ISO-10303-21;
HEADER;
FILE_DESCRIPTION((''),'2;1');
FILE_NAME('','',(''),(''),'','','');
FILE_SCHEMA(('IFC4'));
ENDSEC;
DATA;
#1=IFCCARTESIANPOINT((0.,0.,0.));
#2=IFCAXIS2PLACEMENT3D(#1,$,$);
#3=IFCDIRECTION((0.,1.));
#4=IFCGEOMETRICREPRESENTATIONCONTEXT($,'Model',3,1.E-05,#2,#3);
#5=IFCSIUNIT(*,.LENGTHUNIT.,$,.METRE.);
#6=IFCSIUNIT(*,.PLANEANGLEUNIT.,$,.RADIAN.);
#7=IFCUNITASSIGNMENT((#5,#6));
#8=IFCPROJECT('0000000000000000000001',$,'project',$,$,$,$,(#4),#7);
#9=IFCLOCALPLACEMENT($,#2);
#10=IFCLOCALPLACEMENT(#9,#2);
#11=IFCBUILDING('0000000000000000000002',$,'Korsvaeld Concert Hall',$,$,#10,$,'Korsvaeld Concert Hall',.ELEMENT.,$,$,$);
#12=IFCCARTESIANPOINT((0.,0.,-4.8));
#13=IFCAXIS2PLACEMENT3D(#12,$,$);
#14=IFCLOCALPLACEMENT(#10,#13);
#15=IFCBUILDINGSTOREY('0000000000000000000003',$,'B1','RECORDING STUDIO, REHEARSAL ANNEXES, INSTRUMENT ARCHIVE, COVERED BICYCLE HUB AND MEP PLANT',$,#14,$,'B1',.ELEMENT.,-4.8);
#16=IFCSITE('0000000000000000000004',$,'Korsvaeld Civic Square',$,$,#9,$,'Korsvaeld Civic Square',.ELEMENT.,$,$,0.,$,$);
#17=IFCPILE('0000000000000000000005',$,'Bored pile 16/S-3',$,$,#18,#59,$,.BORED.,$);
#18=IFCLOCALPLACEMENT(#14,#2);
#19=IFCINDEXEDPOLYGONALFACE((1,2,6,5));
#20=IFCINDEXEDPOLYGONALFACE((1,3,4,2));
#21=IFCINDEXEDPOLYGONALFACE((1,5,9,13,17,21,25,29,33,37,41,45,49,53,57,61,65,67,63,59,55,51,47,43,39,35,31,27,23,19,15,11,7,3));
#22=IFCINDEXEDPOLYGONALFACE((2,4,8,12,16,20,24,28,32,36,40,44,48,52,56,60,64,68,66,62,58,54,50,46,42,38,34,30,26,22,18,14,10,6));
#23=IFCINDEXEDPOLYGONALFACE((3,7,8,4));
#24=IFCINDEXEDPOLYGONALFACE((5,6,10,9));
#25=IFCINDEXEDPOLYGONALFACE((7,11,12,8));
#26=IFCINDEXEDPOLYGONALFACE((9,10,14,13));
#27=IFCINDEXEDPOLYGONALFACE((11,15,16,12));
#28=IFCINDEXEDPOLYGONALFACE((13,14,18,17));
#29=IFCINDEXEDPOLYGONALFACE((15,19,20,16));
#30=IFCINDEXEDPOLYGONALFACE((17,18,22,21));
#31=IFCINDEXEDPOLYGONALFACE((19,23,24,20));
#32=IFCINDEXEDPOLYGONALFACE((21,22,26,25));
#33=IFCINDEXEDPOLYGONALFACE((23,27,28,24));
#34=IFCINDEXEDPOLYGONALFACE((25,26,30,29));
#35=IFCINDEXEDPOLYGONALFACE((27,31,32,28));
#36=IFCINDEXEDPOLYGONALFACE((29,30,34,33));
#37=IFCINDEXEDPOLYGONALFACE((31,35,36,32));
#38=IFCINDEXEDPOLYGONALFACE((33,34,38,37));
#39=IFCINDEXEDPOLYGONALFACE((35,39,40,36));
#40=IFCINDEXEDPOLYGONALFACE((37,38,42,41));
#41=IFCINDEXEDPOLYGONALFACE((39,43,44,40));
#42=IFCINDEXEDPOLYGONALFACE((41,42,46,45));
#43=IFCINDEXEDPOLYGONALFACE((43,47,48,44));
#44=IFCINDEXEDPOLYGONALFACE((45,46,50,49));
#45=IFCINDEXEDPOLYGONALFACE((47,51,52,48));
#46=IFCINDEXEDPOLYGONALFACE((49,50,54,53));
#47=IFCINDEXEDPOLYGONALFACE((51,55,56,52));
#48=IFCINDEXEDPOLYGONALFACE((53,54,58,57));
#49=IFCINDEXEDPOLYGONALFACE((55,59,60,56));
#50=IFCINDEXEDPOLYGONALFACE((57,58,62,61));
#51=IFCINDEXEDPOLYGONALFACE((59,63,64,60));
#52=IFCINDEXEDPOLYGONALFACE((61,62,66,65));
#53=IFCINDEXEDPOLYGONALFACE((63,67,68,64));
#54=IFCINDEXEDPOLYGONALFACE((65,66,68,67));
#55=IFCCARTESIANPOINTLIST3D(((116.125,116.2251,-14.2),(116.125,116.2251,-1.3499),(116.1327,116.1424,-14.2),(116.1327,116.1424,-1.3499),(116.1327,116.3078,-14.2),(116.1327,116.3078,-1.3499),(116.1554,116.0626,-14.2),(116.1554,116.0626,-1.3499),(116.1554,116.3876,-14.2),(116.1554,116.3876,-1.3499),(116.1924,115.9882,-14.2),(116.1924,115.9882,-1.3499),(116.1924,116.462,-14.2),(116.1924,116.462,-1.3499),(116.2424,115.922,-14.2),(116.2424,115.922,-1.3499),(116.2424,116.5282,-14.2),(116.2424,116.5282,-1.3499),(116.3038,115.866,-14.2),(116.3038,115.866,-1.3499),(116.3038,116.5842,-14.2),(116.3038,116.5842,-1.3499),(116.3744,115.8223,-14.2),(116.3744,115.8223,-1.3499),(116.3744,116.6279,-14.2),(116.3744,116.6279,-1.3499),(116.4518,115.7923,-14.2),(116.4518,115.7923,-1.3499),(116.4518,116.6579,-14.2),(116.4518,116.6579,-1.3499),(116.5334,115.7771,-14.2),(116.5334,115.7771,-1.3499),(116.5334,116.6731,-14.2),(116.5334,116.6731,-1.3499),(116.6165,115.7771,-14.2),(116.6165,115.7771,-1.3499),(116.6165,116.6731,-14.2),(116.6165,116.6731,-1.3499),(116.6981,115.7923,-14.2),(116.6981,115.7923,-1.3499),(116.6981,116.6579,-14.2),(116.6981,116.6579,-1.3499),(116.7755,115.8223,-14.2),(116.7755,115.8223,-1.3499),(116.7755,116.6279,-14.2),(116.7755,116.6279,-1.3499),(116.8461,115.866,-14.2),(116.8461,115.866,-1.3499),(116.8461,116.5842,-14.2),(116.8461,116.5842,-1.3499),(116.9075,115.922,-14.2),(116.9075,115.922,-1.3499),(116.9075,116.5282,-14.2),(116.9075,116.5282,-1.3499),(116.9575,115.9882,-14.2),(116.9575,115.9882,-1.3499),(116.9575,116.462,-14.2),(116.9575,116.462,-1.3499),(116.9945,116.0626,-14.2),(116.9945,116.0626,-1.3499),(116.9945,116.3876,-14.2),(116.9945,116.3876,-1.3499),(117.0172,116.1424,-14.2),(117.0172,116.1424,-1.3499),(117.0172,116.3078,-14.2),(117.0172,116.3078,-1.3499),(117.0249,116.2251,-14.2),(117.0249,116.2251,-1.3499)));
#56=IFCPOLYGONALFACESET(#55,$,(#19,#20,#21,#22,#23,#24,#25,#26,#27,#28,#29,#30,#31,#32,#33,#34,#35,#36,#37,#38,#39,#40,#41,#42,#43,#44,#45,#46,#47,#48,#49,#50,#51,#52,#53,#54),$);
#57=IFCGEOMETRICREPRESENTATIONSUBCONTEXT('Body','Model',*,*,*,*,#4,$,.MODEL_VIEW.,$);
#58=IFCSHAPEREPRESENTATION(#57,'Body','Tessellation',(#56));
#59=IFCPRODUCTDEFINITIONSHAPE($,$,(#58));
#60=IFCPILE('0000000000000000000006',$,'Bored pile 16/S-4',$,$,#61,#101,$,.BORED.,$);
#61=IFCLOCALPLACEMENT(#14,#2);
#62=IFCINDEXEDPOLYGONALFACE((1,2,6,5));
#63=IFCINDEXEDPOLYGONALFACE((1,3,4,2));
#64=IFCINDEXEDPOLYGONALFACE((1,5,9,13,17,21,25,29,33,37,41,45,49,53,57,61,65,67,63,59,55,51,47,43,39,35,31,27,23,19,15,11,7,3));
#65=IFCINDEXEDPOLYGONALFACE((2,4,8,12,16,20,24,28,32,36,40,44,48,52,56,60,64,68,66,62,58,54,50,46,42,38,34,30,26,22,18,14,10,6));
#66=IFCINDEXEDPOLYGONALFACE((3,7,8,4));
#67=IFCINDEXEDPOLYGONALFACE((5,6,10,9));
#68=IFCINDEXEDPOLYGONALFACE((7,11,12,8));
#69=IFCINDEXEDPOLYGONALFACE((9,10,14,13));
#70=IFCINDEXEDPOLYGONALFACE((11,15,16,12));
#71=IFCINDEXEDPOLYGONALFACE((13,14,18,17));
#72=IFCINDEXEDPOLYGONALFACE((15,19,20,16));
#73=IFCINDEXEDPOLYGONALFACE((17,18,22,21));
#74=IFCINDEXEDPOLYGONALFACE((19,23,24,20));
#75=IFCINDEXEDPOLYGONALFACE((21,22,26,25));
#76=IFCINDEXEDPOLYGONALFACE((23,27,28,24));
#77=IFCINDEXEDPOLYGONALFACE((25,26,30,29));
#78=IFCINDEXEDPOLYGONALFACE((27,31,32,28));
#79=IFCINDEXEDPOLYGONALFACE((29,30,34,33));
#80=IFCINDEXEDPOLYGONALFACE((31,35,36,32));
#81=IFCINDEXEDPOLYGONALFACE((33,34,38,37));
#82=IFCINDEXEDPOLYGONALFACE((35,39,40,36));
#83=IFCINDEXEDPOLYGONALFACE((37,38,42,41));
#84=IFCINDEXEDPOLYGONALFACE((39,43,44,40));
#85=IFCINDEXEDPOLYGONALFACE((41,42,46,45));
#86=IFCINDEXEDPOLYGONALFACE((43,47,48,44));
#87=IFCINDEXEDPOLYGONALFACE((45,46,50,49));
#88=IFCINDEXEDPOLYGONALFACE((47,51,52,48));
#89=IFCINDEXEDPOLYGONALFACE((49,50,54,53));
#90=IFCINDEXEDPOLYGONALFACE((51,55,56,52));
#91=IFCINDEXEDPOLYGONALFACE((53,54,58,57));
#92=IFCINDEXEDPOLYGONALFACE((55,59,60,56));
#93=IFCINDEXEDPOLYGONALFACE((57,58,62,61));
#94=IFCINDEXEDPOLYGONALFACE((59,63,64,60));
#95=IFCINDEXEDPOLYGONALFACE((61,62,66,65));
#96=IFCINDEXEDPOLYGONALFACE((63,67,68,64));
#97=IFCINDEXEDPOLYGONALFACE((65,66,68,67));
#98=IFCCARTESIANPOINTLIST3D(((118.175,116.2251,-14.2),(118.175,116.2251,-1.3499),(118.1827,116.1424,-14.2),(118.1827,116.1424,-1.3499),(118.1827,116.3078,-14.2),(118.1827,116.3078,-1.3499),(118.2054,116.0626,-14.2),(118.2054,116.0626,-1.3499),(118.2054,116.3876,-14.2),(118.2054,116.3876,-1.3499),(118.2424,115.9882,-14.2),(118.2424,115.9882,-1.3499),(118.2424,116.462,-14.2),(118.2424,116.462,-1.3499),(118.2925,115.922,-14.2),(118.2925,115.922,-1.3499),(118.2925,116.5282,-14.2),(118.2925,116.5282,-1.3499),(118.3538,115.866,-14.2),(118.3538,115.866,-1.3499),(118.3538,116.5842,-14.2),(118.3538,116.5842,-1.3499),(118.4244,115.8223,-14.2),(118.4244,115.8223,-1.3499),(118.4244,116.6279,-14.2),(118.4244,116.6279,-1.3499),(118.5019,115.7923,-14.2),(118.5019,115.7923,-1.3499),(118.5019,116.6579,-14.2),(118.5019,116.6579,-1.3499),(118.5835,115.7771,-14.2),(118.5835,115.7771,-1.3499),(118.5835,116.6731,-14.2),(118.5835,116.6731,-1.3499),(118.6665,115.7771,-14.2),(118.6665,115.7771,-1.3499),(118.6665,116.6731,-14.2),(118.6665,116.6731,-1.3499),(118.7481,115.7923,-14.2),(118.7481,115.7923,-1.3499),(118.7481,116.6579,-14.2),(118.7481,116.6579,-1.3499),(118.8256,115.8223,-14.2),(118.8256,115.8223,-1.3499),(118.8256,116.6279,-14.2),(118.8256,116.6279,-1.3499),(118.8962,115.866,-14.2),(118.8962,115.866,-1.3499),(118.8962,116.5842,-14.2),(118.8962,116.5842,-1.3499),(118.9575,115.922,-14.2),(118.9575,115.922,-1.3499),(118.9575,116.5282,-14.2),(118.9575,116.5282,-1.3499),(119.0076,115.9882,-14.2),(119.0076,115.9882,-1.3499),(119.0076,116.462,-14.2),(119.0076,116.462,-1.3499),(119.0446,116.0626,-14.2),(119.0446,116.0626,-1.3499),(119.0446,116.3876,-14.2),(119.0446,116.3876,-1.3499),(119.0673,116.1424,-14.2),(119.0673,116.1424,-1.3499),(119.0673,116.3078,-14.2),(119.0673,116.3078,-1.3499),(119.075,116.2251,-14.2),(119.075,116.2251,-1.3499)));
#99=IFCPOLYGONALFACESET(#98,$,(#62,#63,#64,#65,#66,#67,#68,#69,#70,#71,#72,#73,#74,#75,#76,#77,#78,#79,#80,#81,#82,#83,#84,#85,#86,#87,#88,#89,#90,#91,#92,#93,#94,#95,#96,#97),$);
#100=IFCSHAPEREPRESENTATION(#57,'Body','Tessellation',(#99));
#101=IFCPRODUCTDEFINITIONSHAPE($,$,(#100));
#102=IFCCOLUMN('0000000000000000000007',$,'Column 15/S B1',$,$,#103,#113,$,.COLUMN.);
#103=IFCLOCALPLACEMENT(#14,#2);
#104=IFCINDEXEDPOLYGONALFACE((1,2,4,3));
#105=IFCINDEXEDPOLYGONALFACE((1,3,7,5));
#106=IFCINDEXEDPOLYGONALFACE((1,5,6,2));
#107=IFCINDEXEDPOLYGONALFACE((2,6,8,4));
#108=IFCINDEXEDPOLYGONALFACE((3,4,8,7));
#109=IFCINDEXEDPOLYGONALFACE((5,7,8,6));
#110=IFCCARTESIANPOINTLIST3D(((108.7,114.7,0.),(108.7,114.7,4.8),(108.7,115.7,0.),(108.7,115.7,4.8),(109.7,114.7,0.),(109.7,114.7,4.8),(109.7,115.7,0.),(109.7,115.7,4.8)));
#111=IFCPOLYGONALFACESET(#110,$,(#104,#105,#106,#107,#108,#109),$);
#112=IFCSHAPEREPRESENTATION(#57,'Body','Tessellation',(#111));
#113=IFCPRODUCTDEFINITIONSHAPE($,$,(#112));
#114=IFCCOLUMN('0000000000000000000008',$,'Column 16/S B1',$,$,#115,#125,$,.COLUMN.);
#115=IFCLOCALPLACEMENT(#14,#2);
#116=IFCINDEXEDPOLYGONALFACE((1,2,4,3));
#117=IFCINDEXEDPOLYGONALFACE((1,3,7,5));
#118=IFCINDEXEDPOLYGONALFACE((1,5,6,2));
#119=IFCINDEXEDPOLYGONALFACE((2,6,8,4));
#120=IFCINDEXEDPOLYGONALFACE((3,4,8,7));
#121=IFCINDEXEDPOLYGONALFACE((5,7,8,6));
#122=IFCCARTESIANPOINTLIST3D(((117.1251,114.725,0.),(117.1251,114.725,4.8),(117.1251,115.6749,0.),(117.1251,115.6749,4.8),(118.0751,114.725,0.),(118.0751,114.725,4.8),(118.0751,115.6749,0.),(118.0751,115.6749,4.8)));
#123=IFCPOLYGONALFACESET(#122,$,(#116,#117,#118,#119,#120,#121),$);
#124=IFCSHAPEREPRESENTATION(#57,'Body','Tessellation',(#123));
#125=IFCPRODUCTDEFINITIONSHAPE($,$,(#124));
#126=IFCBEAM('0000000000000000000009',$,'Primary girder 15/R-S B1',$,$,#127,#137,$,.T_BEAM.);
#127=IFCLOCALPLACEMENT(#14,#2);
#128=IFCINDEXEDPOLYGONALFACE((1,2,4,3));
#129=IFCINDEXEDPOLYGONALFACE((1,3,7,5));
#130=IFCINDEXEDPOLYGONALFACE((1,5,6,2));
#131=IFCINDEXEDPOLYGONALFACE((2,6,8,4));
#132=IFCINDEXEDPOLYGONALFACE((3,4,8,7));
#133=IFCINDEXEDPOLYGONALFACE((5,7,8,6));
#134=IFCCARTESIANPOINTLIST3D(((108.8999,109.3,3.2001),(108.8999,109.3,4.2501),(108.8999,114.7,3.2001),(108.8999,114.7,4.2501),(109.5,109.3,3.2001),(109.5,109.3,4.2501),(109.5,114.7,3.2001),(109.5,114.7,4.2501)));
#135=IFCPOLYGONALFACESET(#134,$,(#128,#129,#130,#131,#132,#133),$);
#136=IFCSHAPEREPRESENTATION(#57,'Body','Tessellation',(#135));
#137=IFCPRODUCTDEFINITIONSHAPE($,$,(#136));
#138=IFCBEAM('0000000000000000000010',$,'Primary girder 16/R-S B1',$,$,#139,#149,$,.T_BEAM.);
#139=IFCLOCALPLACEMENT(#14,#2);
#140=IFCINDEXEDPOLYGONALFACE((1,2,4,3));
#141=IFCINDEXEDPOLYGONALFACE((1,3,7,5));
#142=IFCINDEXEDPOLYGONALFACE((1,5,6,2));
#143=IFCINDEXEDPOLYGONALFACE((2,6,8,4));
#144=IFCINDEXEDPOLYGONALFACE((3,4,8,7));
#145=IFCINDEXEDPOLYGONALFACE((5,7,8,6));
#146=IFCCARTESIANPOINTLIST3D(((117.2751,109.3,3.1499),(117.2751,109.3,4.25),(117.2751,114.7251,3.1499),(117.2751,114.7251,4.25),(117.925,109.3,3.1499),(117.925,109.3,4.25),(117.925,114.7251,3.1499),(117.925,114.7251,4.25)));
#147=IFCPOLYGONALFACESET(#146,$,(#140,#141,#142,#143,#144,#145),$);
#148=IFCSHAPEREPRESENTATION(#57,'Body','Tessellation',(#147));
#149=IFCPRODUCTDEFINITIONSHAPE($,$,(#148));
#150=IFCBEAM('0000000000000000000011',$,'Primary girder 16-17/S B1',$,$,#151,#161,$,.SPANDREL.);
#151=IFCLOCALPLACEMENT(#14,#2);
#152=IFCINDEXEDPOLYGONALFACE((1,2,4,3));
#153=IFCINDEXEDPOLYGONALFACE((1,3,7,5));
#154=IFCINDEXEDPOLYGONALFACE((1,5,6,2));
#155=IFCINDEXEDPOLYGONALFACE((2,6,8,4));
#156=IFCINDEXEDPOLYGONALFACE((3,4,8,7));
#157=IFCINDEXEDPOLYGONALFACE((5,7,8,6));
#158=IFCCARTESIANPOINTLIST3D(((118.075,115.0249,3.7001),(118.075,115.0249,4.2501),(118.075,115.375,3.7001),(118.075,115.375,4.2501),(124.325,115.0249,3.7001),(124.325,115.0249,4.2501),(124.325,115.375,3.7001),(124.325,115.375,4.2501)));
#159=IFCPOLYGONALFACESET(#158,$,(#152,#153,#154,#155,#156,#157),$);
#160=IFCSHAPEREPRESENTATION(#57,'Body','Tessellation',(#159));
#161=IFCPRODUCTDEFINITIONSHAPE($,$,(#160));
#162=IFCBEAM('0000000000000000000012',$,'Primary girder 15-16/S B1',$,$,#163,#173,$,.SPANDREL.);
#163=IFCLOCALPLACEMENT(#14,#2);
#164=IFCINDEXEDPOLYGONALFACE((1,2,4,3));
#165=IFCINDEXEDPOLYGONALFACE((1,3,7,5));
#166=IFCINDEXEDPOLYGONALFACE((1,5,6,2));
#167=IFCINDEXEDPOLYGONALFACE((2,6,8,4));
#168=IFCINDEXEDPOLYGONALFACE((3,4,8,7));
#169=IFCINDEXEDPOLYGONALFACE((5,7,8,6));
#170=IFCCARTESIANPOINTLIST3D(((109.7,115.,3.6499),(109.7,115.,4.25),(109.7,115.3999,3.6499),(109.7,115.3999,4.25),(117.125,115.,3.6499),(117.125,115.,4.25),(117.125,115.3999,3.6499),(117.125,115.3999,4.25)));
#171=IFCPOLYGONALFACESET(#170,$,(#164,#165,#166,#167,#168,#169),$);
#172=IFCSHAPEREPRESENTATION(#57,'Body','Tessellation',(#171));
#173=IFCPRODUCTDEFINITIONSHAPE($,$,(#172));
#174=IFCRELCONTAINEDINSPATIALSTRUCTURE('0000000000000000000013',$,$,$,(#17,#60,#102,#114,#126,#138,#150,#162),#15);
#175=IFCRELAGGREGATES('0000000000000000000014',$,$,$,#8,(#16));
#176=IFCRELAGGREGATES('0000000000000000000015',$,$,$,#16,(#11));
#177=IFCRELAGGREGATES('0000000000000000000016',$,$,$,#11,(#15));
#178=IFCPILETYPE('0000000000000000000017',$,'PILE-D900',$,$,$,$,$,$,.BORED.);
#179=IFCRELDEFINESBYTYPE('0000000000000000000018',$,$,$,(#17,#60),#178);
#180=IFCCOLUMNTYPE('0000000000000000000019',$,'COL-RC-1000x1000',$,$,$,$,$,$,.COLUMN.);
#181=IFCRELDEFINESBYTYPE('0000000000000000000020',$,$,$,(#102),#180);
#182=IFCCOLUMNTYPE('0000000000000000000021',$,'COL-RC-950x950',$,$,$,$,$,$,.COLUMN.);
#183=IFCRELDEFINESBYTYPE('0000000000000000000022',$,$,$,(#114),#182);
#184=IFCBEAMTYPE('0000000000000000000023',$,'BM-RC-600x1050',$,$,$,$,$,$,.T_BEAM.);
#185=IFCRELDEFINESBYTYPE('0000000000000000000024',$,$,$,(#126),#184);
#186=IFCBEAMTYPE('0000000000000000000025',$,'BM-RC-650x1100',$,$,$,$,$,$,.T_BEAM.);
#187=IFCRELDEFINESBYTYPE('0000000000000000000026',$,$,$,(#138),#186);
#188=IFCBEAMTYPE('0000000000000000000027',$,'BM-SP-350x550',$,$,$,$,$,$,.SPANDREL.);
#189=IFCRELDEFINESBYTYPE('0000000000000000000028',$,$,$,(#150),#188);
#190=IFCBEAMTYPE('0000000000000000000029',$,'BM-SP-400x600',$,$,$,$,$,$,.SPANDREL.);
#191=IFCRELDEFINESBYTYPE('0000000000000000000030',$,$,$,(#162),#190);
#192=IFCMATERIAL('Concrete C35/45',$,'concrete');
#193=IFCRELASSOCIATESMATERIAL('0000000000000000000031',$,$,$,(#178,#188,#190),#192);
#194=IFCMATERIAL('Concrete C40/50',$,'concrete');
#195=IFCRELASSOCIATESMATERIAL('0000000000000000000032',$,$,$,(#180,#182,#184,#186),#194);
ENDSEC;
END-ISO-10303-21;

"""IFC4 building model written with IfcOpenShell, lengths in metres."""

from ifc_helpers import new_model, si_unit, direction, frame, origin, origin_2d, place, context, subcontext, project, spatial, rectangle, circle, extrude, material, material_profile, profile_set, type_object, element, save


model = new_model("IFC4")

# Units and contexts
model_context = context("Model", 3, precision=1e-05, world=origin(), true_north=direction((0.0, 1.0)))
body_context = subcontext(model_context, "Body", "Model", "MODEL_VIEW")
ifc_project = project(units=[si_unit("LENGTHUNIT", "METRE"), si_unit("PLANEANGLEUNIT", "RADIAN")], contexts=[model_context])

# Site, building, storey
site_placement = place(None, origin())
site = spatial("IfcSite", under=ifc_project, at=site_placement, Name="Korsvaeld Civic Square", LongName="Korsvaeld Civic Square", CompositionType="ELEMENT", RefElevation=0.0)
building_placement = place(site_placement, origin())
building = spatial("IfcBuilding", under=site, at=building_placement, Name="Korsvaeld Concert Hall", LongName="Korsvaeld Concert Hall", CompositionType="ELEMENT")
storey_placement = place(building_placement, frame((0.0, 0.0, -4.8)))
storey = spatial("IfcBuildingStorey", under=building, at=storey_placement, Name="B1", Description="RECORDING STUDIO, REHEARSAL ANNEXES, INSTRUMENT ARCHIVE, COVERED BICYCLE HUB AND MEP PLANT", LongName="B1", CompositionType="ELEMENT", Elevation=-4.8)

# Shared definitions
ifc_material_1 = material(Name="Concrete C35/45", Category="concrete")

# Piles
ifc_material_2 = material(Name="Concrete C40/50", Category="concrete")
ifc_material_profile_1 = material_profile(ifc_material_1, circle(Radius=0.45, at=origin_2d()), Name="BORED PILE D900")
ifc_profile_set_1 = profile_set([ifc_material_profile_1], Name="Concrete C35/45")
pile_type_1 = type_object("IfcPileType", Name="PILE-D900", PredefinedType="BORED", material=ifc_profile_set_1)
for number, where, z_axis, x_axis, name in (
    (1, (116.575, 116.2251, -1.3499), (0.0, 0.0, -1.0), (1.0, 0.0, 0.0), "Bored pile 16/S-3"),
    (2, (118.625, 116.2251, -1.3499), (0.0, 0.0, -1.0), (1.0, 0.0, 0.0), "Bored pile 16/S-4"),
):
    element("IfcPile", number, at=place(storey_placement, frame(where, z_axis=z_axis, x_axis=x_axis)), inside=storey, type_object=pile_type_1, Name=name, PredefinedType="BORED", context=body_context, shape_type="SweptSolid", body=[
        extrude(circle(Radius=0.45, at=origin_2d()), origin(), (0.0, 0.0, 1.0), 12.8501),
    ])

# Columns
ifc_material_profile_2 = material_profile(ifc_material_2, rectangle(XDim=1.0, YDim=1.0, at=origin_2d()), Name="RC 1000x1000")
ifc_profile_set_2 = profile_set([ifc_material_profile_2], Name="Concrete C40/50")
column_type_1 = type_object("IfcColumnType", Name="COL-RC-1000x1000", PredefinedType="COLUMN", material=ifc_profile_set_2)
column_1_placement = place(storey_placement, frame((109.2, 115.2, 0.0), z_axis=(0.0, 0.0, 1.0), x_axis=(1.0, 0.0, 0.0)))
element("IfcColumn", 3, at=column_1_placement, inside=storey, type_object=column_type_1, Name="Column 15/S B1", PredefinedType="COLUMN", context=body_context, shape_type="SweptSolid", body=[
    extrude(rectangle(XDim=1.0, YDim=1.0, at=origin_2d()), origin(), (0.0, 0.0, 1.0), 4.8),
])
ifc_material_profile_3 = material_profile(ifc_material_2, rectangle(XDim=0.95, YDim=0.95, at=origin_2d()), Name="RC 950x950")
ifc_profile_set_3 = profile_set([ifc_material_profile_3], Name="Concrete C40/50")
column_type_2 = type_object("IfcColumnType", Name="COL-RC-950x950", PredefinedType="COLUMN", material=ifc_profile_set_3)
column_2_placement = place(storey_placement, frame((117.6001, 115.2, 0.0), z_axis=(0.0, 0.0, 1.0), x_axis=(1.0, 0.0, 0.0)))
element("IfcColumn", 4, at=column_2_placement, inside=storey, type_object=column_type_2, Name="Column 16/S B1", PredefinedType="COLUMN", context=body_context, shape_type="SweptSolid", body=[
    extrude(rectangle(XDim=0.95, YDim=0.95, at=origin_2d()), origin(), (0.0, 0.0, 1.0), 4.8),
])

# Beams
ifc_material_profile_4 = material_profile(ifc_material_2, rectangle(XDim=0.6001, YDim=1.05, at=origin_2d()), Name="RC 600x1050")
ifc_profile_set_4 = profile_set([ifc_material_profile_4], Name="Concrete C40/50")
beam_type_1 = type_object("IfcBeamType", Name="BM-RC-600x1050", PredefinedType="T_BEAM", material=ifc_profile_set_4)
beam_1_placement = place(storey_placement, frame((109.2, 109.3, 3.7251), z_axis=(0.0, 1.0, 0.0), x_axis=(-1.0, 0.0, 0.0)))
element("IfcBeam", 5, at=beam_1_placement, inside=storey, type_object=beam_type_1, Name="Primary girder 15/R-S B1", PredefinedType="T_BEAM", context=body_context, shape_type="SweptSolid", body=[
    extrude(rectangle(XDim=0.6001, YDim=1.05, at=origin_2d()), origin(), (0.0, 0.0, 1.0), 5.3999),
])
ifc_material_profile_5 = material_profile(ifc_material_2, rectangle(XDim=0.6499, YDim=1.1001, at=origin_2d()), Name="RC 650x1100")
ifc_profile_set_5 = profile_set([ifc_material_profile_5], Name="Concrete C40/50")
beam_type_2 = type_object("IfcBeamType", Name="BM-RC-650x1100", PredefinedType="T_BEAM", material=ifc_profile_set_5)
beam_2_placement = place(storey_placement, frame((117.6001, 109.3, 3.7), z_axis=(0.0, 1.0, 0.0), x_axis=(-1.0, 0.0, 0.0)))
element("IfcBeam", 6, at=beam_2_placement, inside=storey, type_object=beam_type_2, Name="Primary girder 16/R-S B1", PredefinedType="T_BEAM", context=body_context, shape_type="SweptSolid", body=[
    extrude(rectangle(XDim=0.6499, YDim=1.1001, at=origin_2d()), origin(), (0.0, 0.0, 1.0), 5.425),
])
ifc_material_profile_6 = material_profile(ifc_material_1, rectangle(XDim=0.3501, YDim=0.55, at=origin_2d()), Name="RC 350x550")
ifc_profile_set_6 = profile_set([ifc_material_profile_6], Name="Concrete C35/45")
beam_type_3 = type_object("IfcBeamType", Name="BM-SP-350x550", PredefinedType="SPANDREL", material=ifc_profile_set_6)
beam_3_placement = place(storey_placement, frame((118.075, 115.2, 3.9751), z_axis=(1.0, 0.0, 0.0), x_axis=(0.0, 1.0, 0.0)))
element("IfcBeam", 7, at=beam_3_placement, inside=storey, type_object=beam_type_3, Name="Primary girder 16-17/S B1", PredefinedType="SPANDREL", context=body_context, shape_type="SweptSolid", body=[
    extrude(rectangle(XDim=0.3501, YDim=0.55, at=origin_2d()), origin(), (0.0, 0.0, 1.0), 6.25),
])
ifc_material_profile_7 = material_profile(ifc_material_1, rectangle(XDim=0.3999, YDim=0.6001, at=origin_2d()), Name="RC 400x600")
ifc_profile_set_7 = profile_set([ifc_material_profile_7], Name="Concrete C35/45")
beam_type_4 = type_object("IfcBeamType", Name="BM-SP-400x600", PredefinedType="SPANDREL", material=ifc_profile_set_7)
beam_4_placement = place(storey_placement, frame((109.7, 115.2, 3.95), z_axis=(1.0, 0.0, 0.0), x_axis=(0.0, 1.0, 0.0)))
element("IfcBeam", 8, at=beam_4_placement, inside=storey, type_object=beam_type_4, Name="Primary girder 15-16/S B1", PredefinedType="SPANDREL", context=body_context, shape_type="SweptSolid", body=[
    extrude(rectangle(XDim=0.3999, YDim=0.6001, at=origin_2d()), origin(), (0.0, 0.0, 1.0), 7.425),
])

save(model, "model.ifc")
